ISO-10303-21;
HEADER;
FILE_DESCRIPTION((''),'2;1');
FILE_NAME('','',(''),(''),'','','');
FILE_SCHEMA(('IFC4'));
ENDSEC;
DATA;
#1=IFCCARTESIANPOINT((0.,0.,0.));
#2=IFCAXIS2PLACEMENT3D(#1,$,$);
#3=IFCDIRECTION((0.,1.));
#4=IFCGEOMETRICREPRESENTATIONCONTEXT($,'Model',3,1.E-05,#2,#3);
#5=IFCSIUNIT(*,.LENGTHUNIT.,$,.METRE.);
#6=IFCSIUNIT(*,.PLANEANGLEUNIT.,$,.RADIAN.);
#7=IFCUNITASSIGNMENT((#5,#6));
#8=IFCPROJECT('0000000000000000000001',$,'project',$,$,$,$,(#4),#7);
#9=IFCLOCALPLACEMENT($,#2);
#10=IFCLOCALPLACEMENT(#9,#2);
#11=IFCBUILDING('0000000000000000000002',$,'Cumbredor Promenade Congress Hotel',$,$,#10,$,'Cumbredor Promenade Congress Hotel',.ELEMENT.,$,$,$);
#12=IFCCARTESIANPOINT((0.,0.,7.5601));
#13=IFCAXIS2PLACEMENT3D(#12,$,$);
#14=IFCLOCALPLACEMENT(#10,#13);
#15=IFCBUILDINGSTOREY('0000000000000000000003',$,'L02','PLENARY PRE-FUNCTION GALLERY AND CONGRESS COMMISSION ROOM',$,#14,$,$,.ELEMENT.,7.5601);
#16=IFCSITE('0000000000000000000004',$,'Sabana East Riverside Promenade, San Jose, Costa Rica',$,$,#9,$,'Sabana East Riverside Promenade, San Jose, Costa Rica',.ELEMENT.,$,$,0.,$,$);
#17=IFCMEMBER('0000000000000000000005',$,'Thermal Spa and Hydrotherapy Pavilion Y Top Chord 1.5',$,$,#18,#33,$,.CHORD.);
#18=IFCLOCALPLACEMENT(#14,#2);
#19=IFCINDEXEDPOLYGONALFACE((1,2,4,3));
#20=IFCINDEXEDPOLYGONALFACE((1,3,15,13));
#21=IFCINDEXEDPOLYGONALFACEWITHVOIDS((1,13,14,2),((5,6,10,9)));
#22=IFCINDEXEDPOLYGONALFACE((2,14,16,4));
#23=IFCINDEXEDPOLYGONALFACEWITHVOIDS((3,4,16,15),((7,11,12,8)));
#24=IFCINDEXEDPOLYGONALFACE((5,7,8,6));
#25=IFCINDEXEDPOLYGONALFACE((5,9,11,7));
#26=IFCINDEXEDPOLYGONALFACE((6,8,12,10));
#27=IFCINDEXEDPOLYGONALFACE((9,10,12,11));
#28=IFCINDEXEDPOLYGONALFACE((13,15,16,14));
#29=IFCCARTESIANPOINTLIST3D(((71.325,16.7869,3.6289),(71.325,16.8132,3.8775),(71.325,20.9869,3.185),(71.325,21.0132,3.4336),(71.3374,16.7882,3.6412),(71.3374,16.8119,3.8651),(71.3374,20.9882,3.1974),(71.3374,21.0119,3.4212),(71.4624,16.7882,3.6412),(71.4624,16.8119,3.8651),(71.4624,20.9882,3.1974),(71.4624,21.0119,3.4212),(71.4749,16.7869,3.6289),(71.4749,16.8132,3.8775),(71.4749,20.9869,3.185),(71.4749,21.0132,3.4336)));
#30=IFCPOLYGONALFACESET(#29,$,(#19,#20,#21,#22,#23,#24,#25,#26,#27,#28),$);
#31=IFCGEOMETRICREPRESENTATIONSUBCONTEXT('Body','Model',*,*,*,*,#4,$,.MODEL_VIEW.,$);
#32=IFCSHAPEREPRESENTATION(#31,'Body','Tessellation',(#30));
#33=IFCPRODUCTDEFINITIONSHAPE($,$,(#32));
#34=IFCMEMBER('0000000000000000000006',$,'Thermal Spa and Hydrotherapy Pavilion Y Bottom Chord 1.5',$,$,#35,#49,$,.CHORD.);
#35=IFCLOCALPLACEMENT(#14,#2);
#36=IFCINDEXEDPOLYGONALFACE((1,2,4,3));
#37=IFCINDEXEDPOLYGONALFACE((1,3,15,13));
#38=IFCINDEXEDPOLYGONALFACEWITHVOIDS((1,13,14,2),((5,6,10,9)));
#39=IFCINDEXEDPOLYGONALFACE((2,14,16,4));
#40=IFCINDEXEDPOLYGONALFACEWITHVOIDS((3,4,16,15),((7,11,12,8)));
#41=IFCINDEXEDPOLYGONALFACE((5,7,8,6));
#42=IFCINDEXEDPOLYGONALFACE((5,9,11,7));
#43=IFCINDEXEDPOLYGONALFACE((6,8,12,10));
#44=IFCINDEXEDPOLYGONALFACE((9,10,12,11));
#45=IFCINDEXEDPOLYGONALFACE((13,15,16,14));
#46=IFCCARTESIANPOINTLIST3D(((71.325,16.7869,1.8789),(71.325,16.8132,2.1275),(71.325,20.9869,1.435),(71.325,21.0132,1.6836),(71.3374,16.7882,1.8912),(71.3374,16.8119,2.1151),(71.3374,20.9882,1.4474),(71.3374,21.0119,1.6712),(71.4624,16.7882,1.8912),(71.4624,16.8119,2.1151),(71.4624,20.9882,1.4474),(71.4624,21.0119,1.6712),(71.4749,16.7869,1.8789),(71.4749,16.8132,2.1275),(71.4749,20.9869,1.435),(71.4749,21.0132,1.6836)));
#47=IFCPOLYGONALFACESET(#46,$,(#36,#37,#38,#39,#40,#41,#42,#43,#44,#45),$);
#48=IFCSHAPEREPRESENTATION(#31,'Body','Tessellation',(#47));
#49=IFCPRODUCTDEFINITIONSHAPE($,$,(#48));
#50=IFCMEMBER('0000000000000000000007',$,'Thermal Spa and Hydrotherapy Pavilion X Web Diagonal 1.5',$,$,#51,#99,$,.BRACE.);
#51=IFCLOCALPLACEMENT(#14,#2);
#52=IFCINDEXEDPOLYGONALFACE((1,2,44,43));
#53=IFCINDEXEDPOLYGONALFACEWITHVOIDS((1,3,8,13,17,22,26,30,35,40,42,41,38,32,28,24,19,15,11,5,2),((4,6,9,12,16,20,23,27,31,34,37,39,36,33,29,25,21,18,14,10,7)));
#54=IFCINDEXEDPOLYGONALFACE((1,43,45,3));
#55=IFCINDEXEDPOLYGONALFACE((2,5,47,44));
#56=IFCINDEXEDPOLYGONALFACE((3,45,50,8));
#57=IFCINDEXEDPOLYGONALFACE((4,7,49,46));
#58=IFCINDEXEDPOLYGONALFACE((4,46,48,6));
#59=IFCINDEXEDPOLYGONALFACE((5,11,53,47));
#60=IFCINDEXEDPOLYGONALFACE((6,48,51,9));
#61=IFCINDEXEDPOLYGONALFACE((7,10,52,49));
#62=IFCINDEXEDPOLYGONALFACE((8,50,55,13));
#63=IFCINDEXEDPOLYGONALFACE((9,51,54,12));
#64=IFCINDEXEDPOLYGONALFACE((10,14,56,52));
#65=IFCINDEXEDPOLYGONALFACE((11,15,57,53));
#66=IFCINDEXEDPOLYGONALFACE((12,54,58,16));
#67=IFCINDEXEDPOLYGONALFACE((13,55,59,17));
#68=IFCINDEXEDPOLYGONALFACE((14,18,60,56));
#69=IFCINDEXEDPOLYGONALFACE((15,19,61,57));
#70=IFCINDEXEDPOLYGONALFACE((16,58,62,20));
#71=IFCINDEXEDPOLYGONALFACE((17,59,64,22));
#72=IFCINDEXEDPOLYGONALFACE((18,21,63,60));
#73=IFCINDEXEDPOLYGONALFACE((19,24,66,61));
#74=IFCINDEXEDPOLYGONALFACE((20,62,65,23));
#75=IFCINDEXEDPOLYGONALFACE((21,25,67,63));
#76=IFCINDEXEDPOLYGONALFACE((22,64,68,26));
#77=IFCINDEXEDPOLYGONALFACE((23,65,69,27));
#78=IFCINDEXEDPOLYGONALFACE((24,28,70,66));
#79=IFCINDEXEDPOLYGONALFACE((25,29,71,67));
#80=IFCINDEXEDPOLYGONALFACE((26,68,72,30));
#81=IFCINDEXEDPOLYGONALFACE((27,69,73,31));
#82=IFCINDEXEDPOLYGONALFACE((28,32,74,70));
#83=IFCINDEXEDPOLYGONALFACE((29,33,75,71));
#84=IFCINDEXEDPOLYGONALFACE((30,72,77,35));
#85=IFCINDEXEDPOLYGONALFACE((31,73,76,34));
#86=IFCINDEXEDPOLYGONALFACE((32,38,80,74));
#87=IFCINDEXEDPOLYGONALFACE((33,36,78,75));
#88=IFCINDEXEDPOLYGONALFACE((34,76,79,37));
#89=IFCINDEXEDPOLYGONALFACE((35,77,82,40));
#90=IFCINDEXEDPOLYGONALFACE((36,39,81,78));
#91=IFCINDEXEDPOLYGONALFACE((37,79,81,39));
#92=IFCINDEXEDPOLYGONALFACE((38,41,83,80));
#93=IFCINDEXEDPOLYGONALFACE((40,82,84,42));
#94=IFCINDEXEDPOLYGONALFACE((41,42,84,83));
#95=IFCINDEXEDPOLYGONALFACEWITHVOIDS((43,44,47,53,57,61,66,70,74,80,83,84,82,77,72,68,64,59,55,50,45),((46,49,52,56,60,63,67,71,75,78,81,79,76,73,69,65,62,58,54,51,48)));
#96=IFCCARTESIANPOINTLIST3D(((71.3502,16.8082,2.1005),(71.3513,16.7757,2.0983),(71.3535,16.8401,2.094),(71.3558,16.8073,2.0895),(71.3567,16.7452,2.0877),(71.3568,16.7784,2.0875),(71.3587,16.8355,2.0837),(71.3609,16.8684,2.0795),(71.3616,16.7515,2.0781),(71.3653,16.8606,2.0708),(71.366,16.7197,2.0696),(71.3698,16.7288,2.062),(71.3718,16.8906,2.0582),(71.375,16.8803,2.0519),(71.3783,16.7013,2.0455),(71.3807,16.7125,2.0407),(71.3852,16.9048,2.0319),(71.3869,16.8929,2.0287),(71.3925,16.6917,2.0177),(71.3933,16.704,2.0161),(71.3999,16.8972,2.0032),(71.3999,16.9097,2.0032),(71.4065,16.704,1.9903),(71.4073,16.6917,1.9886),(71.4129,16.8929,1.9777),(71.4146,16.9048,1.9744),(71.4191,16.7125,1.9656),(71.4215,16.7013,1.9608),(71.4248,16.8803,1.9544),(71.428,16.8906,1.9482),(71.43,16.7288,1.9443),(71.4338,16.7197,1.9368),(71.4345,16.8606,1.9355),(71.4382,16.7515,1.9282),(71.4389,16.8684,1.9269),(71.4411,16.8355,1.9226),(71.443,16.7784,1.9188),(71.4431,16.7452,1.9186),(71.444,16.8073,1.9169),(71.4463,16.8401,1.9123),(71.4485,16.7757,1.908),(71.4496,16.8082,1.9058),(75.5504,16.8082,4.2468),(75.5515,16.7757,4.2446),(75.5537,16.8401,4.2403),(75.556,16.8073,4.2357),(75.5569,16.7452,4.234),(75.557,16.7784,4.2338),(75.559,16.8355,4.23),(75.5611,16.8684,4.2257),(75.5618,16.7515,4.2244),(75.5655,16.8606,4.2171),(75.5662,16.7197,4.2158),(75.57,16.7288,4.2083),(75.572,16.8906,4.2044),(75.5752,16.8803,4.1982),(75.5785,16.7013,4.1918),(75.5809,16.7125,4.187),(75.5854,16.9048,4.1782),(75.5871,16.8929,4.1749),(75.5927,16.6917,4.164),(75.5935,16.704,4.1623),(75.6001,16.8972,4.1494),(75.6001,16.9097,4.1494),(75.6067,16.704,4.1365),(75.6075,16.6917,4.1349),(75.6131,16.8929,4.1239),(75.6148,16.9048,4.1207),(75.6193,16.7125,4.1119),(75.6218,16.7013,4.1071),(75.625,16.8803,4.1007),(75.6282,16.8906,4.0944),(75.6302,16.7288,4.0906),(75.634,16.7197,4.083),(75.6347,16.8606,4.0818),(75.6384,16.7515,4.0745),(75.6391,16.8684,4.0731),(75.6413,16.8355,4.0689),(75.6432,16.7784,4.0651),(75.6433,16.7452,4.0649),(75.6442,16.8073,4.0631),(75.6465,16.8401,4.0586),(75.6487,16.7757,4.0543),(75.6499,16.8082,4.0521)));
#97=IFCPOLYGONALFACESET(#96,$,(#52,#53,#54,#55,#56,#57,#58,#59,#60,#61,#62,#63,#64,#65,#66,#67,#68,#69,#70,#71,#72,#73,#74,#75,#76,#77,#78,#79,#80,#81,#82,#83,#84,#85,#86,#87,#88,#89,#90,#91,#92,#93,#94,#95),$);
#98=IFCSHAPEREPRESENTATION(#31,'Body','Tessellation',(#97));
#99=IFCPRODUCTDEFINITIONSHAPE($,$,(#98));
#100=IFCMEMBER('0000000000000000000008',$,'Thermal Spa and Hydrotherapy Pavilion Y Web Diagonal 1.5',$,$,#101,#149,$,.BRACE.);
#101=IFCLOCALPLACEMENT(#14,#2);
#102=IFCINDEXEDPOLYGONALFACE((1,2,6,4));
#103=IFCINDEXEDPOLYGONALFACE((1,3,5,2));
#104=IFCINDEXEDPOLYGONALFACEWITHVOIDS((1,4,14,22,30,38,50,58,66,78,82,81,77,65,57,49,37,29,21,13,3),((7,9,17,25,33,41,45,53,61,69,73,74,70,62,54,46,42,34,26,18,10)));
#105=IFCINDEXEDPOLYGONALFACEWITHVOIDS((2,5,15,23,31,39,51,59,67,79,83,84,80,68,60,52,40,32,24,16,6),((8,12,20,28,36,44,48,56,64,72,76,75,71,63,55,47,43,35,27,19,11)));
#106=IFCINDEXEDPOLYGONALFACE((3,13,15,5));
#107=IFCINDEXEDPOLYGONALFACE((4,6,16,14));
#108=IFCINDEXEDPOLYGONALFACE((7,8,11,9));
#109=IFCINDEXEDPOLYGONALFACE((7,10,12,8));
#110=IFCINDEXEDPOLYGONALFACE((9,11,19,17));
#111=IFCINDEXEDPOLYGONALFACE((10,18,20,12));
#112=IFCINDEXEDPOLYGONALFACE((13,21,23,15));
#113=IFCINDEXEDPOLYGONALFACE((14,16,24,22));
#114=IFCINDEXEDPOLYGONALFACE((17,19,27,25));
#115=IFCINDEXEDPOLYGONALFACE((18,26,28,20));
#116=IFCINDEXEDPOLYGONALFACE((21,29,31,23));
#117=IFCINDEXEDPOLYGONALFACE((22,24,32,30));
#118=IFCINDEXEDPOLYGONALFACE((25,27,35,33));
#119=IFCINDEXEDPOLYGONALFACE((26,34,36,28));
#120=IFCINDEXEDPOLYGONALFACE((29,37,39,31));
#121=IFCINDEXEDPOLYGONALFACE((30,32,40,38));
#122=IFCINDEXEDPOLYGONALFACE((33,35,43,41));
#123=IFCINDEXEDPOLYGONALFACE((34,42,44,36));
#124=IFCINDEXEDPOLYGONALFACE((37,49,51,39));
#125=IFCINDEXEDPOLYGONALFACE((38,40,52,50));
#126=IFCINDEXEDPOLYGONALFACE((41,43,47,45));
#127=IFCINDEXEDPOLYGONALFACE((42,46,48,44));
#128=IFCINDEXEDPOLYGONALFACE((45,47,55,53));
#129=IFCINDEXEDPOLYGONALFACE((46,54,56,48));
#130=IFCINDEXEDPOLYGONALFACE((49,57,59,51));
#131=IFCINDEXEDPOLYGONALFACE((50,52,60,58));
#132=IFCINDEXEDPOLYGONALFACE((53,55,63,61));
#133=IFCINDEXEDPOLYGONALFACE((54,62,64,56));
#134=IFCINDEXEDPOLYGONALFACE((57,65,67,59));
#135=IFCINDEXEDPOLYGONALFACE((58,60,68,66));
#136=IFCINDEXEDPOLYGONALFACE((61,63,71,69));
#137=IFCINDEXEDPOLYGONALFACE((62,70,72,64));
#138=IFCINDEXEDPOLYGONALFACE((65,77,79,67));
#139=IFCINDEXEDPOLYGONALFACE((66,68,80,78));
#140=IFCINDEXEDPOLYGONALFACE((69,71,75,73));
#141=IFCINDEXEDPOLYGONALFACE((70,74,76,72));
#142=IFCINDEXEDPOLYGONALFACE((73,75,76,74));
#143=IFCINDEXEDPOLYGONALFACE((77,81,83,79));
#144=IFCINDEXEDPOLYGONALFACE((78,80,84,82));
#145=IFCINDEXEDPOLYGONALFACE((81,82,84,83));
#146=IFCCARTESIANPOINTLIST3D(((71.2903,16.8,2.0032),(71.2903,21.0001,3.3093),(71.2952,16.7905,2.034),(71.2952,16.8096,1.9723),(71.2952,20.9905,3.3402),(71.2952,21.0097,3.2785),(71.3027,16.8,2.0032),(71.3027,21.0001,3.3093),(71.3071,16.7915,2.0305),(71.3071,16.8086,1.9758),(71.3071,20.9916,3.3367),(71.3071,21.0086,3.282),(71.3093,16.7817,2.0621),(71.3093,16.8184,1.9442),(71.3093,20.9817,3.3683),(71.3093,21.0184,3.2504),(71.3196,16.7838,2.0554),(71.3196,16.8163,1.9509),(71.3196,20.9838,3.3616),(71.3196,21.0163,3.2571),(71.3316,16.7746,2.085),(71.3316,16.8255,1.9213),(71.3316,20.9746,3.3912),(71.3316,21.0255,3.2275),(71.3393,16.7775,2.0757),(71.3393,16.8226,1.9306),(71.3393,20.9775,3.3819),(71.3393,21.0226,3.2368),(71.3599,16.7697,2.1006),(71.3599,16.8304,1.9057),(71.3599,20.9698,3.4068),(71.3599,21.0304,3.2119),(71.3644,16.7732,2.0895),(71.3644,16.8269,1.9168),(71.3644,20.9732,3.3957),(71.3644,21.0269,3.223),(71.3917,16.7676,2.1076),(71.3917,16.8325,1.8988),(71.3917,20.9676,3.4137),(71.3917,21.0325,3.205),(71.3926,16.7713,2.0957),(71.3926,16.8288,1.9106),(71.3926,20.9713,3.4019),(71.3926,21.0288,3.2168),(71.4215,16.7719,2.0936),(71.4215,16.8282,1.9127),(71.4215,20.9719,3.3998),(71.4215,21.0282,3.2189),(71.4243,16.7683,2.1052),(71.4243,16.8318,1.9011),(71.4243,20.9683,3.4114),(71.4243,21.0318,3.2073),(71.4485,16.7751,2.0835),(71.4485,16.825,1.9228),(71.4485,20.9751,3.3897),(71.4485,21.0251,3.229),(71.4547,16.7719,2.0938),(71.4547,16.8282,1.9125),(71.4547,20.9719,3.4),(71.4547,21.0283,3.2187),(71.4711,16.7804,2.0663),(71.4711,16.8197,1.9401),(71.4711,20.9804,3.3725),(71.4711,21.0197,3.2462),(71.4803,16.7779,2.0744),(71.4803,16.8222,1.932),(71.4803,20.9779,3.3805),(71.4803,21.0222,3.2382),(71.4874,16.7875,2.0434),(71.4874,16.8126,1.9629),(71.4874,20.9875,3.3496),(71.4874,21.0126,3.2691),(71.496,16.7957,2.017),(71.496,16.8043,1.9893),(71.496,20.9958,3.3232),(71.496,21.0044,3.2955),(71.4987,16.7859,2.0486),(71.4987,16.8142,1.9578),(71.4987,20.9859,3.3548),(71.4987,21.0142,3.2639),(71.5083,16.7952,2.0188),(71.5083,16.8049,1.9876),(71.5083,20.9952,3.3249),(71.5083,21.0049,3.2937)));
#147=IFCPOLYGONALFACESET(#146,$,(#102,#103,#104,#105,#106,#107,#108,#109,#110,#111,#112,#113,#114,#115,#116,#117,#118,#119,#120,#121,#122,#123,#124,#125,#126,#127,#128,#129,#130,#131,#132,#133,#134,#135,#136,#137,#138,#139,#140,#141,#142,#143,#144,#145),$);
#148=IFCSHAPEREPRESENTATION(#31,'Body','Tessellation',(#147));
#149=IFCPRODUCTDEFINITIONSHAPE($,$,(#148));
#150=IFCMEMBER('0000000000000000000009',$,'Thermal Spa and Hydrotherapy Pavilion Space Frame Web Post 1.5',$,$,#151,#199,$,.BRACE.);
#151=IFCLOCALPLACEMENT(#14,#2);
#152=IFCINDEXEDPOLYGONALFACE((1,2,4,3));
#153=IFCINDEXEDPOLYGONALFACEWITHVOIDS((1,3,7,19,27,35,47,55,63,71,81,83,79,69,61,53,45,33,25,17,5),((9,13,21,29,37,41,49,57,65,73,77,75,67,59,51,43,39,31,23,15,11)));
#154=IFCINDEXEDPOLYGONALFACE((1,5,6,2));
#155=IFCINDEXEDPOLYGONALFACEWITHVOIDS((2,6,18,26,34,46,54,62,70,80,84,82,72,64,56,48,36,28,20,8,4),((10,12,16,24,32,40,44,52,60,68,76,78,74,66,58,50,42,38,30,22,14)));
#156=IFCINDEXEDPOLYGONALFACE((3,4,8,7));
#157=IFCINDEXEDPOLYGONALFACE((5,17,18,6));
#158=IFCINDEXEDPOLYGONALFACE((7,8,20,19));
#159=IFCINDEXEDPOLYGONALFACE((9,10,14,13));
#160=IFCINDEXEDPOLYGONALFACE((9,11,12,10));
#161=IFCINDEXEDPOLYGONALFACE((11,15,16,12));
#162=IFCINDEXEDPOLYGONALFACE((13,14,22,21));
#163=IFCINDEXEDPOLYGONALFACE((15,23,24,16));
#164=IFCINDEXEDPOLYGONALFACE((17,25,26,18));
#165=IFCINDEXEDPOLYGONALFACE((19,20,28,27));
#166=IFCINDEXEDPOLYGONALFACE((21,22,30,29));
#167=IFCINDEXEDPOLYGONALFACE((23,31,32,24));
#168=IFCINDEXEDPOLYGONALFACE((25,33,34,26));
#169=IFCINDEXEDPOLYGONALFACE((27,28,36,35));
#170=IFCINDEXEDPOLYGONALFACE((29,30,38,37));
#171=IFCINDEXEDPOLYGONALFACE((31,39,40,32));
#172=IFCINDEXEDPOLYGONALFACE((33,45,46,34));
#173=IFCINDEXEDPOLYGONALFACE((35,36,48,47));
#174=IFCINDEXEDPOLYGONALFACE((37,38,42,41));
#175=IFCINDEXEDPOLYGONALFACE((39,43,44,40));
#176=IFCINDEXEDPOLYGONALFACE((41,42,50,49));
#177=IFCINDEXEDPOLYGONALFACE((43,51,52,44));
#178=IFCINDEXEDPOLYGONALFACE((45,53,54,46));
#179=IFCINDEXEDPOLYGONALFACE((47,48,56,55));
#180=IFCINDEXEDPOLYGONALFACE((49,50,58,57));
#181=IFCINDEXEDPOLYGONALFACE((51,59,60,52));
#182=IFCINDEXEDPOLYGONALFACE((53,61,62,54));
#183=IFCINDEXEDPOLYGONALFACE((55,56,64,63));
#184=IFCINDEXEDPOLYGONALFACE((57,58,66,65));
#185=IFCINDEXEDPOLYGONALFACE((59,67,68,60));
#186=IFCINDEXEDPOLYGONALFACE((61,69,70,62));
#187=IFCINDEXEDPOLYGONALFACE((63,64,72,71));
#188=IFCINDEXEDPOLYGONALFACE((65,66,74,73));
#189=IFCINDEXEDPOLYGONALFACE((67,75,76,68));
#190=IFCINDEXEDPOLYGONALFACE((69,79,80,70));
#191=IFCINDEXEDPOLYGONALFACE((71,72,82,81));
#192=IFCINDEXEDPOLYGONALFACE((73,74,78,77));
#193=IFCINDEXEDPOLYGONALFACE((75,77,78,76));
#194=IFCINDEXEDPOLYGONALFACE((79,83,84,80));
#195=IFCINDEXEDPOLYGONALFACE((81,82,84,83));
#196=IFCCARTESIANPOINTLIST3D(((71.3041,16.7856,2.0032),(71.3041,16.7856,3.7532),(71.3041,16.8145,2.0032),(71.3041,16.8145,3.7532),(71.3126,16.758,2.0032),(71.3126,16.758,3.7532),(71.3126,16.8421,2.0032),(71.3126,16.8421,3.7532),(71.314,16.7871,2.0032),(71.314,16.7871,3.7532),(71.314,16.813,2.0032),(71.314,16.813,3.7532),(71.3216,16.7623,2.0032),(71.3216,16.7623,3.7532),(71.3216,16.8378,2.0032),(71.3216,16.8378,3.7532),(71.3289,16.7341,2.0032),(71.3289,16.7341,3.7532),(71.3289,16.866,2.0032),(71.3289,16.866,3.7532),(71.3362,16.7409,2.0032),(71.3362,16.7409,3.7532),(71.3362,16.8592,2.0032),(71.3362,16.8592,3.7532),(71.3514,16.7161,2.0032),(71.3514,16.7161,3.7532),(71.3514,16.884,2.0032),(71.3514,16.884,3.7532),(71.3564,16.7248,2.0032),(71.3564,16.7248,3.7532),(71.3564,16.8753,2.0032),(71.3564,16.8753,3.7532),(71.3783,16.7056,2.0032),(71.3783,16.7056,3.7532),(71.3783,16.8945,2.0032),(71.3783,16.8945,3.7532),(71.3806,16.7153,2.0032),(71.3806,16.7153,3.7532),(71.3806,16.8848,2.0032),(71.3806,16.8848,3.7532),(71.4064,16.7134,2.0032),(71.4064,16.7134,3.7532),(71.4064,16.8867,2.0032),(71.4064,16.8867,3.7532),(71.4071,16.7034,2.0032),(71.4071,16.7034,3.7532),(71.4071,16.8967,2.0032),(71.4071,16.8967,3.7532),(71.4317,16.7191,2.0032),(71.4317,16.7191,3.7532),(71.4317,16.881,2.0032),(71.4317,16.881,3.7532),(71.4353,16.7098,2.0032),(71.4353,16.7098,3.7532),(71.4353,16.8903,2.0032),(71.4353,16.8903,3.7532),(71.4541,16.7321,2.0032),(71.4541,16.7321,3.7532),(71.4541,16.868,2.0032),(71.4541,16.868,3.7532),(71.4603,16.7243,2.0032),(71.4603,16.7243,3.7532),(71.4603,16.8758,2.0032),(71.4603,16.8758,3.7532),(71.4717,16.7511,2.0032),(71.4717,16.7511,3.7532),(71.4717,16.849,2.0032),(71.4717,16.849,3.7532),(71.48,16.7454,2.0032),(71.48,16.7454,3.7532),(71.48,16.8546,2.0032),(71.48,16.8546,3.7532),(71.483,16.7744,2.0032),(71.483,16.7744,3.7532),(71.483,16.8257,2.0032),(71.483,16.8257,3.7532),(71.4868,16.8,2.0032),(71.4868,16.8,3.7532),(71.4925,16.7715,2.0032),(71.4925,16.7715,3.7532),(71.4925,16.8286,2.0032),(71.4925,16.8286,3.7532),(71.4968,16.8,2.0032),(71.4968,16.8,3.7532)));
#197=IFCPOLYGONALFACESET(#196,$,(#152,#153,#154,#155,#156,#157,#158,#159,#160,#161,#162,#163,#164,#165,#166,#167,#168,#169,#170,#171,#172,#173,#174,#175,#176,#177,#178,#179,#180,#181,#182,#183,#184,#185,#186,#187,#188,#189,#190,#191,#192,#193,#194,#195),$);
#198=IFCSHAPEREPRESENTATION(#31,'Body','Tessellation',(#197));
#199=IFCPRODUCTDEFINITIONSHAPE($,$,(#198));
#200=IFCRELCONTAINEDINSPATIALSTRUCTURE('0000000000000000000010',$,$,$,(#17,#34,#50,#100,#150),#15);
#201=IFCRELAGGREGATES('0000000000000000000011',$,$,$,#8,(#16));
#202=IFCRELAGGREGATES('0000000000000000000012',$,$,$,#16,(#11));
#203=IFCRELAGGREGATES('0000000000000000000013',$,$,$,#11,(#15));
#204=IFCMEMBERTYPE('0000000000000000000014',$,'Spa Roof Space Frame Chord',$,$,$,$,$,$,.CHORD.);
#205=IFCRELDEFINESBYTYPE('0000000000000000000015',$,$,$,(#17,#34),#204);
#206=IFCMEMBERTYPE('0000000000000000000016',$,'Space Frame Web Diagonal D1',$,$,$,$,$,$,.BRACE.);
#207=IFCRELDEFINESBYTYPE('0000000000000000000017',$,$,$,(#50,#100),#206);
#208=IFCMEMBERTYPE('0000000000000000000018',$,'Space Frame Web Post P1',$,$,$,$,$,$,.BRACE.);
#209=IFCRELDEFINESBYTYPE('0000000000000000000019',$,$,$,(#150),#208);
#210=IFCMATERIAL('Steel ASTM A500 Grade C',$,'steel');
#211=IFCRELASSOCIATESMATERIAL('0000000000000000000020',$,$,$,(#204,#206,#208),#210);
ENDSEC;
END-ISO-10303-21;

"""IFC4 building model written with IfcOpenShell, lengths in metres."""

from ifc_helpers import new_model, si_unit, direction, frame, origin, origin_2d, place, context, subcontext, project, spatial, hollow_rectangle, hollow_circle, extrude, material, material_profile, profile_set, type_object, element, save


model = new_model("IFC4")

# Units and contexts
model_context = context("Model", 3, precision=1e-05, world=origin(), true_north=direction((0.0, 1.0)))
body_context = subcontext(model_context, "Body", "Model", "MODEL_VIEW")
ifc_project = project(units=[si_unit("LENGTHUNIT", "METRE"), si_unit("PLANEANGLEUNIT", "RADIAN")], contexts=[model_context])

# Site, building, storey
site_placement = place(None, origin())
site = spatial("IfcSite", under=ifc_project, at=site_placement, Name="Sabana East Riverside Promenade, San Jose, Costa Rica", LongName="Sabana East Riverside Promenade, San Jose, Costa Rica", CompositionType="ELEMENT", RefElevation=0.0)
building_placement = place(site_placement, origin())
building = spatial("IfcBuilding", under=site, at=building_placement, Name="Cumbredor Promenade Congress Hotel", LongName="Cumbredor Promenade Congress Hotel", CompositionType="ELEMENT")
storey_placement = place(building_placement, frame((0.0, 0.0, 7.5601)))
storey = spatial("IfcBuildingStorey", under=building, at=storey_placement, Name="L02", Description="PLENARY PRE-FUNCTION GALLERY AND CONGRESS COMMISSION ROOM", CompositionType="ELEMENT", Elevation=7.5601)

# Members
ifc_material_1 = material(Name="Steel ASTM A500 Grade C", Category="steel")
ifc_material_profile_1 = material_profile(ifc_material_1, hollow_rectangle(XDim=0.1499, YDim=0.25, WallThickness=0.0125, at=origin_2d()), Name="HSS 250x150x12.5")
ifc_profile_set_1 = profile_set([ifc_material_profile_1], Name="Steel ASTM A500 Grade C")
member_type_1 = type_object("IfcMemberType", Name="Spa Roof Space Frame Chord", PredefinedType="CHORD", material=ifc_profile_set_1)
for number, where, z_axis, x_axis, name in (
    (1, (71.3999, 16.8, 3.7532), (0.0, 0.994462, -0.105094), (-1.0, 0.0, 0.0), "Thermal Spa and Hydrotherapy Pavilion Y Top Chord 1.5"),
    (2, (71.3999, 16.8, 2.0032), (0.0, 0.994462, -0.105094), (-1.0, 0.0, 0.0), "Thermal Spa and Hydrotherapy Pavilion Y Bottom Chord 1.5"),
):
    element("IfcMember", number, at=place(storey_placement, frame(where, z_axis=z_axis, x_axis=x_axis)), inside=storey, type_object=member_type_1, Name=name, PredefinedType="CHORD", context=body_context, shape_type="SweptSolid", body=[
        extrude(hollow_rectangle(XDim=0.1499, YDim=0.25, WallThickness=0.0125, at=origin_2d()), origin(), (0.0, 0.0, 1.0), 4.2234),
    ])
ifc_material_profile_2 = material_profile(ifc_material_1, hollow_circle(Radius=0.1096, WallThickness=0.0125, at=origin_2d()), Name="CHS 219.1x12.5")
ifc_profile_set_2 = profile_set([ifc_material_profile_2], Name="Steel ASTM A500 Grade C")
member_type_2 = type_object("IfcMemberType", Name="Space Frame Web Diagonal D1", PredefinedType="BRACE", material=ifc_profile_set_2)
member_1_placement = place(storey_placement, frame((71.3999, 16.8, 2.0032), z_axis=(0.89048, 0.0, 0.455023), x_axis=(0.0, 1.0, 0.0)))
element("IfcMember", 3, at=member_1_placement, inside=storey, type_object=member_type_2, Name="Thermal Spa and Hydrotherapy Pavilion X Web Diagonal 1.5", PredefinedType="BRACE", context=body_context, shape_type="SweptSolid", body=[
    extrude(hollow_circle(Radius=0.1096, WallThickness=0.0125, at=origin_2d()), origin(), (0.0, 0.0, 1.0), 4.7168),
])
member_2_placement = place(storey_placement, frame((71.3999, 16.8, 2.0032), z_axis=(0.0, 0.954889, 0.296963), x_axis=(-1.0, 0.0, 0.0)))
element("IfcMember", 4, at=member_2_placement, inside=storey, type_object=member_type_2, Name="Thermal Spa and Hydrotherapy Pavilion Y Web Diagonal 1.5", PredefinedType="BRACE", context=body_context, shape_type="SweptSolid", body=[
    extrude(hollow_circle(Radius=0.1096, WallThickness=0.0125, at=origin_2d()), origin(), (0.0, 0.0, 1.0), 4.3984),
])
ifc_material_profile_3 = material_profile(ifc_material_1, hollow_circle(Radius=0.0969, WallThickness=0.01, at=origin_2d()), Name="CHS 193.7x10")
ifc_profile_set_3 = profile_set([ifc_material_profile_3], Name="Steel ASTM A500 Grade C")
member_type_3 = type_object("IfcMemberType", Name="Space Frame Web Post P1", PredefinedType="BRACE", material=ifc_profile_set_3)
for number, where, z_axis, x_axis, name in (
    (5, (71.3999, 16.8, 2.0032), (0.0, 0.0, 1.0), (1.0, 0.0, 0.0), "Thermal Spa and Hydrotherapy Pavilion Space Frame Web Post 1.5"),
):
    element("IfcMember", number, at=place(storey_placement, frame(where, z_axis=z_axis, x_axis=x_axis)), inside=storey, type_object=member_type_3, Name=name, PredefinedType="BRACE", context=body_context, shape_type="SweptSolid", body=[
        extrude(hollow_circle(Radius=0.0969, WallThickness=0.01, at=origin_2d()), origin(), (0.0, 0.0, 1.0), 1.75),
    ])

save(model, "model.ifc")
